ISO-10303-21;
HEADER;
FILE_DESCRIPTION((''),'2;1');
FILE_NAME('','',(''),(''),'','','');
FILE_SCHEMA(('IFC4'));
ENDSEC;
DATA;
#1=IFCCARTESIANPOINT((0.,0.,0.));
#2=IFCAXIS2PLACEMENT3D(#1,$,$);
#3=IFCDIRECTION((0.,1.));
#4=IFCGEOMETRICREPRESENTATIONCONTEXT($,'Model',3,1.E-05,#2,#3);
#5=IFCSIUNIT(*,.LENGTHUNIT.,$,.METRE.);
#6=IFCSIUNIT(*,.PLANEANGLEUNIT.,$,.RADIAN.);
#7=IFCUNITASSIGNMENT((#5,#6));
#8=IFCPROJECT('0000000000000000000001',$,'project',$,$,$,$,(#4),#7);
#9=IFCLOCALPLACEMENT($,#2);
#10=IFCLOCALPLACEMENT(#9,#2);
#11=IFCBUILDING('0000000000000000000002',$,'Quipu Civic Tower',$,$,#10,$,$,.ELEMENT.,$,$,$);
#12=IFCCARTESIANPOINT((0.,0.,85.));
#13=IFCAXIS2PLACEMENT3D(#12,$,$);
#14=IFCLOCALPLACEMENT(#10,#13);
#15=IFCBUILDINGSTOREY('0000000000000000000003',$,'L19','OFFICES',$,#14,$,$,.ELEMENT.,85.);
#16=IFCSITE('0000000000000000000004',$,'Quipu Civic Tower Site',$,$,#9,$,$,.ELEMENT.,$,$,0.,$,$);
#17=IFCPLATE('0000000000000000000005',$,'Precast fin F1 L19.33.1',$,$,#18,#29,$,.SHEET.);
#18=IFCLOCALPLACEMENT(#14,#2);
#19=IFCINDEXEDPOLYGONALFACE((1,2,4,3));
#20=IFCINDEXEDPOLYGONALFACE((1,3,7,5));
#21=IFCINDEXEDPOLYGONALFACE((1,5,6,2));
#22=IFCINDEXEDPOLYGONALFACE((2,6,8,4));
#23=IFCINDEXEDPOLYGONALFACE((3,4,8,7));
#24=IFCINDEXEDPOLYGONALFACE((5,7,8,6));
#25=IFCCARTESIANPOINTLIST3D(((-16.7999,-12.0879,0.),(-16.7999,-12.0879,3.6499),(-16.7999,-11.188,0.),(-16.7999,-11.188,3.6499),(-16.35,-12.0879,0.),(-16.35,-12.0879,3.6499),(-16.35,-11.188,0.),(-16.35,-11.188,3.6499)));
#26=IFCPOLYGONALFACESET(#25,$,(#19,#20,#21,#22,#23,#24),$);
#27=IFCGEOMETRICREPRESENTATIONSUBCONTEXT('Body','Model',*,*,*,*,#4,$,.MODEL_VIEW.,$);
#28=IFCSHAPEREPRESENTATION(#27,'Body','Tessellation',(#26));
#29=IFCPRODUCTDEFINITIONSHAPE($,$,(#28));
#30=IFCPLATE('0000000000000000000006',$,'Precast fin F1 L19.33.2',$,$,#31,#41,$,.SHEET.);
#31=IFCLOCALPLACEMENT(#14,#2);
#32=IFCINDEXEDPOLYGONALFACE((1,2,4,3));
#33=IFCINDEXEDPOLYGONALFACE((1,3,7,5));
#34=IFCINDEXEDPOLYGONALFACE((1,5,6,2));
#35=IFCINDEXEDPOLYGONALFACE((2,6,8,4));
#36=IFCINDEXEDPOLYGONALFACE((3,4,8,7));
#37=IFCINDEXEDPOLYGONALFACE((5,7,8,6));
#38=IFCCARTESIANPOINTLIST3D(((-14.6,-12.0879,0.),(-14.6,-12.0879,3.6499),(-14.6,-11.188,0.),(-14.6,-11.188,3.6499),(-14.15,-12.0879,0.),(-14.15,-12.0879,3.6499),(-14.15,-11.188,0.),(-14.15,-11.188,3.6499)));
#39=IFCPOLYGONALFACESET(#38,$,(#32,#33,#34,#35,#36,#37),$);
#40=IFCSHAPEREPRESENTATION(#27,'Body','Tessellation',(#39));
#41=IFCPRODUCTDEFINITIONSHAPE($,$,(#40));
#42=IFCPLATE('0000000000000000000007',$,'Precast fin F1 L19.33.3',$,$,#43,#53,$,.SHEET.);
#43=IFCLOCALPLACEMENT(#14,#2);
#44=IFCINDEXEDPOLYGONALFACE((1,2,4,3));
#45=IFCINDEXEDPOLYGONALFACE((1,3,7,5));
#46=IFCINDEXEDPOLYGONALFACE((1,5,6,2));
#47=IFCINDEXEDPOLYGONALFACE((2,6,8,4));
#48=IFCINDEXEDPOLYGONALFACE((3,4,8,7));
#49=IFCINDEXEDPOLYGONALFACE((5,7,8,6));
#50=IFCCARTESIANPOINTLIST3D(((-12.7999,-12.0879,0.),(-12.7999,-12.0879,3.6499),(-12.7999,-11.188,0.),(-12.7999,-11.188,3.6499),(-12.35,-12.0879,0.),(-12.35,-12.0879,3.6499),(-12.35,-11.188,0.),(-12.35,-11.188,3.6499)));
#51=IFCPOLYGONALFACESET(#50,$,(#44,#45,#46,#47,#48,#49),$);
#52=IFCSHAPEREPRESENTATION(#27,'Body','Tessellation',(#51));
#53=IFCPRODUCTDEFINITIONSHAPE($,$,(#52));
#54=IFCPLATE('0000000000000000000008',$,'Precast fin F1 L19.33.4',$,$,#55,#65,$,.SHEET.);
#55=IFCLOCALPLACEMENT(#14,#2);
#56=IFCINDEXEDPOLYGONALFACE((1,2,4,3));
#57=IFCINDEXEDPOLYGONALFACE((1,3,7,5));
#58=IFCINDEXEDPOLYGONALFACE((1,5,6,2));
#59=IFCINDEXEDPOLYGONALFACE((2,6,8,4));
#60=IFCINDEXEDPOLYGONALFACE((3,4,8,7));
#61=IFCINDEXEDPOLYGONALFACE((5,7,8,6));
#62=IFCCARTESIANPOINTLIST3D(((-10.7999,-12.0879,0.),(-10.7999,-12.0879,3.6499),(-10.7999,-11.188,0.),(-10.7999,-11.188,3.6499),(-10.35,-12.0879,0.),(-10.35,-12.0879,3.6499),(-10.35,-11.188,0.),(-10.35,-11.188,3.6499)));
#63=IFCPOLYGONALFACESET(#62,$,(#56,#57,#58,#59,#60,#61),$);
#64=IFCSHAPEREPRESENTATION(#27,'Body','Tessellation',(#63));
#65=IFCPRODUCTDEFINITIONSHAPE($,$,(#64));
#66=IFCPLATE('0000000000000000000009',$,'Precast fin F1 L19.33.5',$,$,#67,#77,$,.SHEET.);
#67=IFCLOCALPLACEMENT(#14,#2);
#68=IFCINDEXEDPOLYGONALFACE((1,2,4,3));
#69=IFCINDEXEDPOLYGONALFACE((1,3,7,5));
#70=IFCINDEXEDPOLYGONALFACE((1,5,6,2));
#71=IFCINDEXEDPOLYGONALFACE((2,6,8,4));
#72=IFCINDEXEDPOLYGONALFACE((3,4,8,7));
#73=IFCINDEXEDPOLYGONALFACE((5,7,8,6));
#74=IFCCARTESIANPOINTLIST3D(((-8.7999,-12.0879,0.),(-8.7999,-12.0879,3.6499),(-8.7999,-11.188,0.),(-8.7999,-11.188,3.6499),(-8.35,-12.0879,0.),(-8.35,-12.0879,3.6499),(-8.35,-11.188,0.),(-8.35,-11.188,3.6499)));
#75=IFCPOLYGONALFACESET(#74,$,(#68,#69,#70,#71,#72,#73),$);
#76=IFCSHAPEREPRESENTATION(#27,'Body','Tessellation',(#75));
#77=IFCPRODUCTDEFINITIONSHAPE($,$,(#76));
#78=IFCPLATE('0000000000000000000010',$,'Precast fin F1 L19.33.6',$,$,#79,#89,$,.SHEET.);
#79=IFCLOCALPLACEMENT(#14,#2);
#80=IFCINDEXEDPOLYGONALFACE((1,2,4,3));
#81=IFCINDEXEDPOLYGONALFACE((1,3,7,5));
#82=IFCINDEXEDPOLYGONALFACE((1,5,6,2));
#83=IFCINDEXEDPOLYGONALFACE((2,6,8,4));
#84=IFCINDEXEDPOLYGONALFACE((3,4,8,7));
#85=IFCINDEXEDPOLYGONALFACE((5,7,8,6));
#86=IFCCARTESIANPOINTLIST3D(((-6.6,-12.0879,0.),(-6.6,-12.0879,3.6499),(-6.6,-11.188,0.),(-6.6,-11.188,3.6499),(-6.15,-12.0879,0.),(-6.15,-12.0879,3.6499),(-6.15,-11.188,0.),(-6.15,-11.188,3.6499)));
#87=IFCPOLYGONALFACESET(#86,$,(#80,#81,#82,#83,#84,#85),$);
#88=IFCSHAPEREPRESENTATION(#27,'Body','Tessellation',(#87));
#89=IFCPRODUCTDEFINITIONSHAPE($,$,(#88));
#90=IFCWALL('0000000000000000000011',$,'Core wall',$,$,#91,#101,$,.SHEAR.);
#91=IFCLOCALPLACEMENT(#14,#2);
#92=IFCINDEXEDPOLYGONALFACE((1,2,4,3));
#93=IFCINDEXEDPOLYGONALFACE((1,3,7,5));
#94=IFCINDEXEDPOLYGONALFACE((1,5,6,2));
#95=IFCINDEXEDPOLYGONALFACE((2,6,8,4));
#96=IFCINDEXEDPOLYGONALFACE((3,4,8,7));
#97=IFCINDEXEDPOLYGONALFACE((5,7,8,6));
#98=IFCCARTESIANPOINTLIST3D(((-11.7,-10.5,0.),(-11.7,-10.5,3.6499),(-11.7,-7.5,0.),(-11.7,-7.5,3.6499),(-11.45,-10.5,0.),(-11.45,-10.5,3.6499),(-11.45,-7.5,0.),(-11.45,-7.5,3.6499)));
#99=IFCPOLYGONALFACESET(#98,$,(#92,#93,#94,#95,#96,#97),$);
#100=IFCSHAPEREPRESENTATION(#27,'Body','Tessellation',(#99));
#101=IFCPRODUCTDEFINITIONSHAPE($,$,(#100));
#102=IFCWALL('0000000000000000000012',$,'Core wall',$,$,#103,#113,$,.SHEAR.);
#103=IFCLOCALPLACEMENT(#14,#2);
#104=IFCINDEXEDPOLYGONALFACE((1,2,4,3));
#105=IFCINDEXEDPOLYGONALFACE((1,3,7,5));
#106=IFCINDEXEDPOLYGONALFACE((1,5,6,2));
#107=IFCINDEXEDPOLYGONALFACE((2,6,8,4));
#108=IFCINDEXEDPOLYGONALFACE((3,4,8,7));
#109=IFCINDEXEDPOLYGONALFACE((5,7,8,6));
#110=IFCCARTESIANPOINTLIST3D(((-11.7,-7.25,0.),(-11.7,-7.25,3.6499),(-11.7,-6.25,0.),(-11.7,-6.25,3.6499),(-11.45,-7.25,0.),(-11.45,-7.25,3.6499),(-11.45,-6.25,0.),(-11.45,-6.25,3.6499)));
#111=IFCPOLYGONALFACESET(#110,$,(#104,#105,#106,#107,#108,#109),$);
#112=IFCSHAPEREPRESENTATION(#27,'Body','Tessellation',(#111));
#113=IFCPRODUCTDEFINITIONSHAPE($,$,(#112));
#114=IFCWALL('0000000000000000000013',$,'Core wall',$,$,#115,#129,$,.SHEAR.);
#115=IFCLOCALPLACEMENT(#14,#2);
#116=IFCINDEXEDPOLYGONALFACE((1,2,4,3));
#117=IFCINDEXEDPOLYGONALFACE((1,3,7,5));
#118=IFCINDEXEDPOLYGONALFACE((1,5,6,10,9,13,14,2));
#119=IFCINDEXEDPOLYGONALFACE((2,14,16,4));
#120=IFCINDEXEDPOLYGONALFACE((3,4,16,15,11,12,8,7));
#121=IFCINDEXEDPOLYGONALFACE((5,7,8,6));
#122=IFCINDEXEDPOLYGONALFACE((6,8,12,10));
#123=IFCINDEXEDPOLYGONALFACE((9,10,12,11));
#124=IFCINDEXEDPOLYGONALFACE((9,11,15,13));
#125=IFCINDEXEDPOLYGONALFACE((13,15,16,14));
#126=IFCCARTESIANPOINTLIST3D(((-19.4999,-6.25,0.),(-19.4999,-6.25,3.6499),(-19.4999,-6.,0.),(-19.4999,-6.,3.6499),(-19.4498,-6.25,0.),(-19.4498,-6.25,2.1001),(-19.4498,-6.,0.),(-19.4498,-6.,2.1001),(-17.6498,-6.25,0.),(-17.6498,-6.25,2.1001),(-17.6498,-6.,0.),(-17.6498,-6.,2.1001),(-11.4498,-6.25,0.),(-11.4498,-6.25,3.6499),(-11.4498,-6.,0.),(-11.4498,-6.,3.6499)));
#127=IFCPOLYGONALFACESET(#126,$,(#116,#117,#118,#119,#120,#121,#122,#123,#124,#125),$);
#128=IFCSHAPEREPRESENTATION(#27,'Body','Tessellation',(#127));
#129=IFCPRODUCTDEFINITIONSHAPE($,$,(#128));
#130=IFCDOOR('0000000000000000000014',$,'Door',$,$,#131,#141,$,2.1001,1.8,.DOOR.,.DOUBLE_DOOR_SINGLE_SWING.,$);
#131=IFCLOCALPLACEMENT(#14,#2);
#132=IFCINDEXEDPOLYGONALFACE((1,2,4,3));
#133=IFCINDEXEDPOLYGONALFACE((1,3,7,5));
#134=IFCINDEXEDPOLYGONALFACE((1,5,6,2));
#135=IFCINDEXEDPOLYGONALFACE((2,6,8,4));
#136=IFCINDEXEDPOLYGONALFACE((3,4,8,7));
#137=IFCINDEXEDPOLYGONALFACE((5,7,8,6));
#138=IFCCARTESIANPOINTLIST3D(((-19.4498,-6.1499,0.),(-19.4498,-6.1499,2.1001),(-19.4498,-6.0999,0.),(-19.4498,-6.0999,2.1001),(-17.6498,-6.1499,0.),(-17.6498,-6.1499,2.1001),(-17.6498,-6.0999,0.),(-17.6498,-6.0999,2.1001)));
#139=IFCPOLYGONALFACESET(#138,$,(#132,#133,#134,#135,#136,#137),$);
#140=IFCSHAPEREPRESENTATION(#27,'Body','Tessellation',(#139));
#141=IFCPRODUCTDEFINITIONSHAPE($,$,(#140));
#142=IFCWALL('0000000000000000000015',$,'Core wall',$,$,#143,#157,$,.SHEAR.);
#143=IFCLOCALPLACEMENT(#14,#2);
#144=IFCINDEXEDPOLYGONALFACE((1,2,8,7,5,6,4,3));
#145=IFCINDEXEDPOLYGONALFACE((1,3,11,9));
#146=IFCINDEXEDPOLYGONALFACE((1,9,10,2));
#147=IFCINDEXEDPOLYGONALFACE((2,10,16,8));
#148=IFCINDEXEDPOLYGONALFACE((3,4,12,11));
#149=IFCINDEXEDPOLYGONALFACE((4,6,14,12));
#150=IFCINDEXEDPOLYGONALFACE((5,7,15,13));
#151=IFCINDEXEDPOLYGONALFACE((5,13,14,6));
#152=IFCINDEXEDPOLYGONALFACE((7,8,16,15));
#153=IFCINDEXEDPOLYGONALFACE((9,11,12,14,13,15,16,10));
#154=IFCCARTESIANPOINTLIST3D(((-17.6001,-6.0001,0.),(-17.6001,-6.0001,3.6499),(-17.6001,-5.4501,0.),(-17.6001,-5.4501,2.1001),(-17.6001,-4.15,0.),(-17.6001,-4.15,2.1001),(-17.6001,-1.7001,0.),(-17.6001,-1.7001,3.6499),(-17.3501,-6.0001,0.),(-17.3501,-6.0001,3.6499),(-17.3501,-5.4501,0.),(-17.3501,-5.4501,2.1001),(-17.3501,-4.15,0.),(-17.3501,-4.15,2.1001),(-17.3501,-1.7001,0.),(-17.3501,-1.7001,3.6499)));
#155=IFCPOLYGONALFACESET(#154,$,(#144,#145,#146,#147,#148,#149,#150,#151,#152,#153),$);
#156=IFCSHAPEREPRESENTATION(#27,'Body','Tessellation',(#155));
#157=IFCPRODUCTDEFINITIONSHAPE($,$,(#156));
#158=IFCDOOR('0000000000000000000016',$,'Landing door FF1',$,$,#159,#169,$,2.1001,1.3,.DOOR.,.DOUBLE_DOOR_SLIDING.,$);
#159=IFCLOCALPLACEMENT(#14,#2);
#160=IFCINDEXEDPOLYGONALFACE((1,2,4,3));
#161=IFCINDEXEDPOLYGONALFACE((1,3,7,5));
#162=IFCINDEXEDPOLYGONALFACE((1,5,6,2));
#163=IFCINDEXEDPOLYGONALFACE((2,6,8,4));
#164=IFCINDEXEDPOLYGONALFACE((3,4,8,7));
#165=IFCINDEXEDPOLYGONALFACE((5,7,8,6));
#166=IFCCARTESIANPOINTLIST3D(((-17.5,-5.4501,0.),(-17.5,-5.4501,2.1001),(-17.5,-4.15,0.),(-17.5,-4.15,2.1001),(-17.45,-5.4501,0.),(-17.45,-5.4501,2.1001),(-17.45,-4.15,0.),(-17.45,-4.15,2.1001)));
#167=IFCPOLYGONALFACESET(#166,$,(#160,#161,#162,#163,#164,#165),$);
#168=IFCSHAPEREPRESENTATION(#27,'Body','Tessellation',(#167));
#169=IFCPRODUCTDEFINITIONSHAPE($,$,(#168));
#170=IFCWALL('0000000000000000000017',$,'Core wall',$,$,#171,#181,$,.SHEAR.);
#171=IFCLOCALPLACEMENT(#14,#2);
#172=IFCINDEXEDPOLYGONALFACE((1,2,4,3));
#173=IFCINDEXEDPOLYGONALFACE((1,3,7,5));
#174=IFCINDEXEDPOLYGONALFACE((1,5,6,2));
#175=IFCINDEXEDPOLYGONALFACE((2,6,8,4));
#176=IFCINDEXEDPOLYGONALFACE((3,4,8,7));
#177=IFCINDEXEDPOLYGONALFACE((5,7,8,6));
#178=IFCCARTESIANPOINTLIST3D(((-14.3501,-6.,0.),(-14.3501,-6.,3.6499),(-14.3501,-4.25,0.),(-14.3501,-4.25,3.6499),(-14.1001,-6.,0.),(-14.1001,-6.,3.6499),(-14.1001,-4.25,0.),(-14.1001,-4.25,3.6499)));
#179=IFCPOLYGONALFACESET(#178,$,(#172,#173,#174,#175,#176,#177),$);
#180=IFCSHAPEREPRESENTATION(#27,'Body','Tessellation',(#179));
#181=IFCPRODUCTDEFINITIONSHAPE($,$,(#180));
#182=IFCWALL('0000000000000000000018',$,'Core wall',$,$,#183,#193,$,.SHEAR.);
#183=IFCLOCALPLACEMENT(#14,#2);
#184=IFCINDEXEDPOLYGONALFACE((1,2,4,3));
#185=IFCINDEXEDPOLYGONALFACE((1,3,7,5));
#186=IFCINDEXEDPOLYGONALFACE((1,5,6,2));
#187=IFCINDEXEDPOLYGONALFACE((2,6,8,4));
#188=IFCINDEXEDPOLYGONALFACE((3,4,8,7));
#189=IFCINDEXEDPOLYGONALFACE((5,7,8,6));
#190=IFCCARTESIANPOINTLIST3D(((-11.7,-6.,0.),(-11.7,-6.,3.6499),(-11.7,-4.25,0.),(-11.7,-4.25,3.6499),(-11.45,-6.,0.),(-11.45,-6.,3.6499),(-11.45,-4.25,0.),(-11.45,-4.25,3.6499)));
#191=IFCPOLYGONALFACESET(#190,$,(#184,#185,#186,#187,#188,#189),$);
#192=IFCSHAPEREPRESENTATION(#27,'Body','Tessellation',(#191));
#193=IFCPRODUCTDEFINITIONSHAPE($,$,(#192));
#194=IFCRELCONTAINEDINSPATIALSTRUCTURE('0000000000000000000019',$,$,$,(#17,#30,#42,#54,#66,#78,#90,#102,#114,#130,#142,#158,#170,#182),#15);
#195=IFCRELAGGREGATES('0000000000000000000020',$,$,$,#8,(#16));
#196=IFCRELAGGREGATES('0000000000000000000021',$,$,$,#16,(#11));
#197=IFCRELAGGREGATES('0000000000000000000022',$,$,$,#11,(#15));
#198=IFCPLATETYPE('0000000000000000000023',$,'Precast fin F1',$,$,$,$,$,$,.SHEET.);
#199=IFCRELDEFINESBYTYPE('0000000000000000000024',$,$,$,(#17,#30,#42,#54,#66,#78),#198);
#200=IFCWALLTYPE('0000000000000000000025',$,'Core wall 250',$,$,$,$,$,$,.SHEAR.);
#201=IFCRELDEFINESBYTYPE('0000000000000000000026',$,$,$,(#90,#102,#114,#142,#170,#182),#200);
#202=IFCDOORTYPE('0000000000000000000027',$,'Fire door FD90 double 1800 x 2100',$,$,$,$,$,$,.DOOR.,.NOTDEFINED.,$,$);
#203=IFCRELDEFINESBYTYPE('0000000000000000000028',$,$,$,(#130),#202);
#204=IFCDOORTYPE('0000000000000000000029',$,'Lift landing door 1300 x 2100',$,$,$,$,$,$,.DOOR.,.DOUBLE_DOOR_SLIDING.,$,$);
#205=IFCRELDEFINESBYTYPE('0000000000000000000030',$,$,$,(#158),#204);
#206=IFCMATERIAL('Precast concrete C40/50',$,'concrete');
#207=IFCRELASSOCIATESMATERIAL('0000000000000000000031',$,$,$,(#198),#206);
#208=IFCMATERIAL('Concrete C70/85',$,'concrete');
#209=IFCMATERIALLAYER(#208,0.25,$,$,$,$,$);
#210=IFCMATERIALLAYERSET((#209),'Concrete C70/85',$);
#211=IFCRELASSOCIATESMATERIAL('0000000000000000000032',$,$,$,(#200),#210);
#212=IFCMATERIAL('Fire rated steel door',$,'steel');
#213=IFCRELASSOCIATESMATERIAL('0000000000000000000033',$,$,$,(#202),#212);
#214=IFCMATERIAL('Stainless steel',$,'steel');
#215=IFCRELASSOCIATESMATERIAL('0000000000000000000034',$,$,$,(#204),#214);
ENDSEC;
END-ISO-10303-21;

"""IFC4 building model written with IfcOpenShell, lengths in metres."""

from ifc_helpers import new_model, si_unit, direction, frame, frame_2d, origin, origin_2d, place, context, subcontext, project, spatial, rectangle, extrude, material, layer, layer_set, type_object, element, fill, save


model = new_model("IFC4")

# Units and contexts
model_context = context("Model", 3, precision=1e-05, world=origin(), true_north=direction((0.0, 1.0)))
body_context = subcontext(model_context, "Body", "Model", "MODEL_VIEW")
ifc_project = project(units=[si_unit("LENGTHUNIT", "METRE"), si_unit("PLANEANGLEUNIT", "RADIAN")], contexts=[model_context])

# Site, building, storey
site_placement = place(None, origin())
site = spatial("IfcSite", under=ifc_project, at=site_placement, Name="Quipu Civic Tower Site", CompositionType="ELEMENT", RefElevation=0.0)
building_placement = place(site_placement, origin())
building = spatial("IfcBuilding", under=site, at=building_placement, Name="Quipu Civic Tower", CompositionType="ELEMENT")
storey_placement = place(building_placement, frame((0.0, 0.0, 85.0)))
storey = spatial("IfcBuildingStorey", under=building, at=storey_placement, Name="L19", Description="OFFICES", CompositionType="ELEMENT", Elevation=85.0)

# Plates
ifc_material_1 = material(Name="Precast concrete C40/50", Category="concrete")
plate_type = type_object("IfcPlateType", Name="Precast fin F1", PredefinedType="SHEET", material=ifc_material_1)
for number, where, z_axis, x_axis, name in (
    (1, (-16.575, -11.6379, 0.0), (0.0, 0.0, 1.0), (1.0, 0.0, 0.0), "Precast fin F1 L19.33.1"),
    (2, (-14.375, -11.6379, 0.0), (0.0, 0.0, 1.0), (1.0, 0.0, 0.0), "Precast fin F1 L19.33.2"),
    (3, (-12.575, -11.6379, 0.0), (0.0, 0.0, 1.0), (1.0, 0.0, 0.0), "Precast fin F1 L19.33.3"),
    (4, (-10.575, -11.6379, 0.0), (0.0, 0.0, 1.0), (1.0, 0.0, 0.0), "Precast fin F1 L19.33.4"),
    (5, (-8.575, -11.6379, 0.0), (0.0, 0.0, 1.0), (1.0, 0.0, 0.0), "Precast fin F1 L19.33.5"),
    (6, (-6.375, -11.6379, 0.0), (0.0, 0.0, 1.0), (1.0, 0.0, 0.0), "Precast fin F1 L19.33.6"),
):
    element("IfcPlate", number, at=place(storey_placement, frame(where, z_axis=z_axis, x_axis=x_axis)), inside=storey, type_object=plate_type, Name=name, PredefinedType="SHEET", context=body_context, shape_type="SweptSolid", body=[
        extrude(rectangle(XDim=0.45, YDim=0.8999, at=origin_2d()), origin(), (0.0, 0.0, 1.0), 3.6499),
    ])

# Walls
ifc_material_2 = material(Name="Concrete C70/85", Category="concrete")
ifc_layer_1 = layer(ifc_material_2, 0.25)
ifc_layer_set_1 = layer_set([ifc_layer_1], Name="Concrete C70/85")
wall_type_1 = type_object("IfcWallType", Name="Core wall 250", PredefinedType="SHEAR", material=ifc_layer_set_1)
wall_1_placement = place(storey_placement, frame((-11.575, -10.5, 0.0), z_axis=(0.0, 0.0, 1.0), x_axis=(0.0, 1.0, 0.0)))
element("IfcWall", 7, at=wall_1_placement, inside=storey, type_object=wall_type_1, Name="Core wall", PredefinedType="SHEAR", context=body_context, shape_type="SweptSolid", body=[
    extrude(rectangle(XDim=3.0, YDim=0.25, at=frame_2d((1.5, 0.0))), origin(), (0.0, 0.0, 1.0), 3.6499),
])
wall_2_placement = place(storey_placement, frame((-11.575, -7.25, 0.0), z_axis=(0.0, 0.0, 1.0), x_axis=(0.0, 1.0, 0.0)))
element("IfcWall", 8, at=wall_2_placement, inside=storey, type_object=wall_type_1, Name="Core wall", PredefinedType="SHEAR", context=body_context, shape_type="SweptSolid", body=[
    extrude(rectangle(XDim=1.0, YDim=0.25, at=frame_2d((0.5, 0.0))), origin(), (0.0, 0.0, 1.0), 3.6499),
])

# Walls, openings, doors
wall_3_placement = place(storey_placement, frame((-11.45, -6.125, 0.0), z_axis=(0.0, 0.0, 1.0), x_axis=(-1.0, 0.0, 0.0)))
wall_3 = element("IfcWall", 9, at=wall_3_placement, inside=storey, type_object=wall_type_1, Name="Core wall", PredefinedType="SHEAR", context=body_context, shape_type="SweptSolid", body=[
    extrude(rectangle(XDim=8.05, YDim=0.25, at=frame_2d((4.0249, 0.0))), origin(), (0.0, 0.0, 1.0), 3.6499),
])
opening_1_placement = place(wall_3_placement, frame((6.2, 0.0, 0.0)))
opening_1 = element("IfcOpeningElement", 10, at=opening_1_placement, cuts=wall_3, PredefinedType="OPENING", context=body_context, shape_type="SweptSolid", body=[
    extrude(rectangle(XDim=1.8, YDim=2.1001, at=frame_2d((0.8999, 1.05))), frame((0.0, 0.135, 0.0), z_axis=(0.0, -1.0, 0.0), x_axis=(1.0, 0.0, 0.0)), (0.0, 0.0, 1.0), 0.27),
])
ifc_material_3 = material(Name="Fire rated steel door", Category="steel")
door_type_1 = type_object("IfcDoorType", Name="Fire door FD90 double 1800 x 2100", OperationType="NOTDEFINED", PredefinedType="DOOR", material=ifc_material_3)
door_1_placement = place(opening_1_placement, origin())
door_1 = element("IfcDoor", 11, at=door_1_placement, inside=storey, type_object=door_type_1, Name="Door", OperationType="DOUBLE_DOOR_SINGLE_SWING", OverallHeight=2.1001, OverallWidth=1.8, PredefinedType="DOOR", context=body_context, shape_type="SweptSolid", body=[
    extrude(rectangle(XDim=1.8, YDim=2.1001, at=frame_2d((0.8999, 1.05))), frame((0.0, 0.0249, 0.0), z_axis=(0.0, -1.0, 0.0), x_axis=(1.0, 0.0, 0.0)), (0.0, 0.0, 1.0), 0.05),
])
fill(opening_1, door_1)
wall_4_placement = place(storey_placement, frame((-17.4751, -6.0, 0.0), z_axis=(0.0, 0.0, 1.0), x_axis=(0.0, 1.0, 0.0)))
wall_4 = element("IfcWall", 12, at=wall_4_placement, inside=storey, type_object=wall_type_1, Name="Core wall", PredefinedType="SHEAR", context=body_context, shape_type="SweptSolid", body=[
    extrude(rectangle(XDim=4.3, YDim=0.25, at=frame_2d((2.1499, 0.0))), origin(), (0.0, 0.0, 1.0), 3.6499),
])
opening_2_placement = place(wall_4_placement, frame((0.55, 0.0, 0.0)))
opening_2 = element("IfcOpeningElement", 13, at=opening_2_placement, cuts=wall_4, PredefinedType="OPENING", context=body_context, shape_type="SweptSolid", body=[
    extrude(rectangle(XDim=1.3, YDim=2.1001, at=frame_2d((0.6499, 1.05))), frame((0.0, 0.135, 0.0), z_axis=(0.0, -1.0, 0.0), x_axis=(1.0, 0.0, 0.0)), (0.0, 0.0, 1.0), 0.27),
])
ifc_material_4 = material(Name="Stainless steel", Category="steel")
door_type_2 = type_object("IfcDoorType", Name="Lift landing door 1300 x 2100", OperationType="DOUBLE_DOOR_SLIDING", PredefinedType="DOOR", material=ifc_material_4)
door_2_placement = place(opening_2_placement, origin())
door_2 = element("IfcDoor", 14, at=door_2_placement, inside=storey, type_object=door_type_2, Name="Landing door FF1", OperationType="DOUBLE_DOOR_SLIDING", OverallHeight=2.1001, OverallWidth=1.3, PredefinedType="DOOR", context=body_context, shape_type="SweptSolid", body=[
    extrude(rectangle(XDim=1.3, YDim=2.1001, at=frame_2d((0.6499, 1.05))), frame((0.0, 0.0249, 0.0), z_axis=(0.0, -1.0, 0.0), x_axis=(1.0, 0.0, 0.0)), (0.0, 0.0, 1.0), 0.05),
])
fill(opening_2, door_2)

# Walls
for number, where, z_axis, x_axis, name in (
    (15, (-14.2251, -6.0, 0.0), (0.0, 0.0, 1.0), (0.0, 1.0, 0.0), "Core wall"),
    (16, (-11.575, -6.0, 0.0), (0.0, 0.0, 1.0), (0.0, 1.0, 0.0), "Core wall"),
):
    element("IfcWall", number, at=place(storey_placement, frame(where, z_axis=z_axis, x_axis=x_axis)), inside=storey, type_object=wall_type_1, Name=name, PredefinedType="SHEAR", context=body_context, shape_type="SweptSolid", body=[
        extrude(rectangle(XDim=1.75, YDim=0.25, at=frame_2d((0.875, 0.0))), origin(), (0.0, 0.0, 1.0), 3.6499),
    ])

save(model, "model.ifc")
